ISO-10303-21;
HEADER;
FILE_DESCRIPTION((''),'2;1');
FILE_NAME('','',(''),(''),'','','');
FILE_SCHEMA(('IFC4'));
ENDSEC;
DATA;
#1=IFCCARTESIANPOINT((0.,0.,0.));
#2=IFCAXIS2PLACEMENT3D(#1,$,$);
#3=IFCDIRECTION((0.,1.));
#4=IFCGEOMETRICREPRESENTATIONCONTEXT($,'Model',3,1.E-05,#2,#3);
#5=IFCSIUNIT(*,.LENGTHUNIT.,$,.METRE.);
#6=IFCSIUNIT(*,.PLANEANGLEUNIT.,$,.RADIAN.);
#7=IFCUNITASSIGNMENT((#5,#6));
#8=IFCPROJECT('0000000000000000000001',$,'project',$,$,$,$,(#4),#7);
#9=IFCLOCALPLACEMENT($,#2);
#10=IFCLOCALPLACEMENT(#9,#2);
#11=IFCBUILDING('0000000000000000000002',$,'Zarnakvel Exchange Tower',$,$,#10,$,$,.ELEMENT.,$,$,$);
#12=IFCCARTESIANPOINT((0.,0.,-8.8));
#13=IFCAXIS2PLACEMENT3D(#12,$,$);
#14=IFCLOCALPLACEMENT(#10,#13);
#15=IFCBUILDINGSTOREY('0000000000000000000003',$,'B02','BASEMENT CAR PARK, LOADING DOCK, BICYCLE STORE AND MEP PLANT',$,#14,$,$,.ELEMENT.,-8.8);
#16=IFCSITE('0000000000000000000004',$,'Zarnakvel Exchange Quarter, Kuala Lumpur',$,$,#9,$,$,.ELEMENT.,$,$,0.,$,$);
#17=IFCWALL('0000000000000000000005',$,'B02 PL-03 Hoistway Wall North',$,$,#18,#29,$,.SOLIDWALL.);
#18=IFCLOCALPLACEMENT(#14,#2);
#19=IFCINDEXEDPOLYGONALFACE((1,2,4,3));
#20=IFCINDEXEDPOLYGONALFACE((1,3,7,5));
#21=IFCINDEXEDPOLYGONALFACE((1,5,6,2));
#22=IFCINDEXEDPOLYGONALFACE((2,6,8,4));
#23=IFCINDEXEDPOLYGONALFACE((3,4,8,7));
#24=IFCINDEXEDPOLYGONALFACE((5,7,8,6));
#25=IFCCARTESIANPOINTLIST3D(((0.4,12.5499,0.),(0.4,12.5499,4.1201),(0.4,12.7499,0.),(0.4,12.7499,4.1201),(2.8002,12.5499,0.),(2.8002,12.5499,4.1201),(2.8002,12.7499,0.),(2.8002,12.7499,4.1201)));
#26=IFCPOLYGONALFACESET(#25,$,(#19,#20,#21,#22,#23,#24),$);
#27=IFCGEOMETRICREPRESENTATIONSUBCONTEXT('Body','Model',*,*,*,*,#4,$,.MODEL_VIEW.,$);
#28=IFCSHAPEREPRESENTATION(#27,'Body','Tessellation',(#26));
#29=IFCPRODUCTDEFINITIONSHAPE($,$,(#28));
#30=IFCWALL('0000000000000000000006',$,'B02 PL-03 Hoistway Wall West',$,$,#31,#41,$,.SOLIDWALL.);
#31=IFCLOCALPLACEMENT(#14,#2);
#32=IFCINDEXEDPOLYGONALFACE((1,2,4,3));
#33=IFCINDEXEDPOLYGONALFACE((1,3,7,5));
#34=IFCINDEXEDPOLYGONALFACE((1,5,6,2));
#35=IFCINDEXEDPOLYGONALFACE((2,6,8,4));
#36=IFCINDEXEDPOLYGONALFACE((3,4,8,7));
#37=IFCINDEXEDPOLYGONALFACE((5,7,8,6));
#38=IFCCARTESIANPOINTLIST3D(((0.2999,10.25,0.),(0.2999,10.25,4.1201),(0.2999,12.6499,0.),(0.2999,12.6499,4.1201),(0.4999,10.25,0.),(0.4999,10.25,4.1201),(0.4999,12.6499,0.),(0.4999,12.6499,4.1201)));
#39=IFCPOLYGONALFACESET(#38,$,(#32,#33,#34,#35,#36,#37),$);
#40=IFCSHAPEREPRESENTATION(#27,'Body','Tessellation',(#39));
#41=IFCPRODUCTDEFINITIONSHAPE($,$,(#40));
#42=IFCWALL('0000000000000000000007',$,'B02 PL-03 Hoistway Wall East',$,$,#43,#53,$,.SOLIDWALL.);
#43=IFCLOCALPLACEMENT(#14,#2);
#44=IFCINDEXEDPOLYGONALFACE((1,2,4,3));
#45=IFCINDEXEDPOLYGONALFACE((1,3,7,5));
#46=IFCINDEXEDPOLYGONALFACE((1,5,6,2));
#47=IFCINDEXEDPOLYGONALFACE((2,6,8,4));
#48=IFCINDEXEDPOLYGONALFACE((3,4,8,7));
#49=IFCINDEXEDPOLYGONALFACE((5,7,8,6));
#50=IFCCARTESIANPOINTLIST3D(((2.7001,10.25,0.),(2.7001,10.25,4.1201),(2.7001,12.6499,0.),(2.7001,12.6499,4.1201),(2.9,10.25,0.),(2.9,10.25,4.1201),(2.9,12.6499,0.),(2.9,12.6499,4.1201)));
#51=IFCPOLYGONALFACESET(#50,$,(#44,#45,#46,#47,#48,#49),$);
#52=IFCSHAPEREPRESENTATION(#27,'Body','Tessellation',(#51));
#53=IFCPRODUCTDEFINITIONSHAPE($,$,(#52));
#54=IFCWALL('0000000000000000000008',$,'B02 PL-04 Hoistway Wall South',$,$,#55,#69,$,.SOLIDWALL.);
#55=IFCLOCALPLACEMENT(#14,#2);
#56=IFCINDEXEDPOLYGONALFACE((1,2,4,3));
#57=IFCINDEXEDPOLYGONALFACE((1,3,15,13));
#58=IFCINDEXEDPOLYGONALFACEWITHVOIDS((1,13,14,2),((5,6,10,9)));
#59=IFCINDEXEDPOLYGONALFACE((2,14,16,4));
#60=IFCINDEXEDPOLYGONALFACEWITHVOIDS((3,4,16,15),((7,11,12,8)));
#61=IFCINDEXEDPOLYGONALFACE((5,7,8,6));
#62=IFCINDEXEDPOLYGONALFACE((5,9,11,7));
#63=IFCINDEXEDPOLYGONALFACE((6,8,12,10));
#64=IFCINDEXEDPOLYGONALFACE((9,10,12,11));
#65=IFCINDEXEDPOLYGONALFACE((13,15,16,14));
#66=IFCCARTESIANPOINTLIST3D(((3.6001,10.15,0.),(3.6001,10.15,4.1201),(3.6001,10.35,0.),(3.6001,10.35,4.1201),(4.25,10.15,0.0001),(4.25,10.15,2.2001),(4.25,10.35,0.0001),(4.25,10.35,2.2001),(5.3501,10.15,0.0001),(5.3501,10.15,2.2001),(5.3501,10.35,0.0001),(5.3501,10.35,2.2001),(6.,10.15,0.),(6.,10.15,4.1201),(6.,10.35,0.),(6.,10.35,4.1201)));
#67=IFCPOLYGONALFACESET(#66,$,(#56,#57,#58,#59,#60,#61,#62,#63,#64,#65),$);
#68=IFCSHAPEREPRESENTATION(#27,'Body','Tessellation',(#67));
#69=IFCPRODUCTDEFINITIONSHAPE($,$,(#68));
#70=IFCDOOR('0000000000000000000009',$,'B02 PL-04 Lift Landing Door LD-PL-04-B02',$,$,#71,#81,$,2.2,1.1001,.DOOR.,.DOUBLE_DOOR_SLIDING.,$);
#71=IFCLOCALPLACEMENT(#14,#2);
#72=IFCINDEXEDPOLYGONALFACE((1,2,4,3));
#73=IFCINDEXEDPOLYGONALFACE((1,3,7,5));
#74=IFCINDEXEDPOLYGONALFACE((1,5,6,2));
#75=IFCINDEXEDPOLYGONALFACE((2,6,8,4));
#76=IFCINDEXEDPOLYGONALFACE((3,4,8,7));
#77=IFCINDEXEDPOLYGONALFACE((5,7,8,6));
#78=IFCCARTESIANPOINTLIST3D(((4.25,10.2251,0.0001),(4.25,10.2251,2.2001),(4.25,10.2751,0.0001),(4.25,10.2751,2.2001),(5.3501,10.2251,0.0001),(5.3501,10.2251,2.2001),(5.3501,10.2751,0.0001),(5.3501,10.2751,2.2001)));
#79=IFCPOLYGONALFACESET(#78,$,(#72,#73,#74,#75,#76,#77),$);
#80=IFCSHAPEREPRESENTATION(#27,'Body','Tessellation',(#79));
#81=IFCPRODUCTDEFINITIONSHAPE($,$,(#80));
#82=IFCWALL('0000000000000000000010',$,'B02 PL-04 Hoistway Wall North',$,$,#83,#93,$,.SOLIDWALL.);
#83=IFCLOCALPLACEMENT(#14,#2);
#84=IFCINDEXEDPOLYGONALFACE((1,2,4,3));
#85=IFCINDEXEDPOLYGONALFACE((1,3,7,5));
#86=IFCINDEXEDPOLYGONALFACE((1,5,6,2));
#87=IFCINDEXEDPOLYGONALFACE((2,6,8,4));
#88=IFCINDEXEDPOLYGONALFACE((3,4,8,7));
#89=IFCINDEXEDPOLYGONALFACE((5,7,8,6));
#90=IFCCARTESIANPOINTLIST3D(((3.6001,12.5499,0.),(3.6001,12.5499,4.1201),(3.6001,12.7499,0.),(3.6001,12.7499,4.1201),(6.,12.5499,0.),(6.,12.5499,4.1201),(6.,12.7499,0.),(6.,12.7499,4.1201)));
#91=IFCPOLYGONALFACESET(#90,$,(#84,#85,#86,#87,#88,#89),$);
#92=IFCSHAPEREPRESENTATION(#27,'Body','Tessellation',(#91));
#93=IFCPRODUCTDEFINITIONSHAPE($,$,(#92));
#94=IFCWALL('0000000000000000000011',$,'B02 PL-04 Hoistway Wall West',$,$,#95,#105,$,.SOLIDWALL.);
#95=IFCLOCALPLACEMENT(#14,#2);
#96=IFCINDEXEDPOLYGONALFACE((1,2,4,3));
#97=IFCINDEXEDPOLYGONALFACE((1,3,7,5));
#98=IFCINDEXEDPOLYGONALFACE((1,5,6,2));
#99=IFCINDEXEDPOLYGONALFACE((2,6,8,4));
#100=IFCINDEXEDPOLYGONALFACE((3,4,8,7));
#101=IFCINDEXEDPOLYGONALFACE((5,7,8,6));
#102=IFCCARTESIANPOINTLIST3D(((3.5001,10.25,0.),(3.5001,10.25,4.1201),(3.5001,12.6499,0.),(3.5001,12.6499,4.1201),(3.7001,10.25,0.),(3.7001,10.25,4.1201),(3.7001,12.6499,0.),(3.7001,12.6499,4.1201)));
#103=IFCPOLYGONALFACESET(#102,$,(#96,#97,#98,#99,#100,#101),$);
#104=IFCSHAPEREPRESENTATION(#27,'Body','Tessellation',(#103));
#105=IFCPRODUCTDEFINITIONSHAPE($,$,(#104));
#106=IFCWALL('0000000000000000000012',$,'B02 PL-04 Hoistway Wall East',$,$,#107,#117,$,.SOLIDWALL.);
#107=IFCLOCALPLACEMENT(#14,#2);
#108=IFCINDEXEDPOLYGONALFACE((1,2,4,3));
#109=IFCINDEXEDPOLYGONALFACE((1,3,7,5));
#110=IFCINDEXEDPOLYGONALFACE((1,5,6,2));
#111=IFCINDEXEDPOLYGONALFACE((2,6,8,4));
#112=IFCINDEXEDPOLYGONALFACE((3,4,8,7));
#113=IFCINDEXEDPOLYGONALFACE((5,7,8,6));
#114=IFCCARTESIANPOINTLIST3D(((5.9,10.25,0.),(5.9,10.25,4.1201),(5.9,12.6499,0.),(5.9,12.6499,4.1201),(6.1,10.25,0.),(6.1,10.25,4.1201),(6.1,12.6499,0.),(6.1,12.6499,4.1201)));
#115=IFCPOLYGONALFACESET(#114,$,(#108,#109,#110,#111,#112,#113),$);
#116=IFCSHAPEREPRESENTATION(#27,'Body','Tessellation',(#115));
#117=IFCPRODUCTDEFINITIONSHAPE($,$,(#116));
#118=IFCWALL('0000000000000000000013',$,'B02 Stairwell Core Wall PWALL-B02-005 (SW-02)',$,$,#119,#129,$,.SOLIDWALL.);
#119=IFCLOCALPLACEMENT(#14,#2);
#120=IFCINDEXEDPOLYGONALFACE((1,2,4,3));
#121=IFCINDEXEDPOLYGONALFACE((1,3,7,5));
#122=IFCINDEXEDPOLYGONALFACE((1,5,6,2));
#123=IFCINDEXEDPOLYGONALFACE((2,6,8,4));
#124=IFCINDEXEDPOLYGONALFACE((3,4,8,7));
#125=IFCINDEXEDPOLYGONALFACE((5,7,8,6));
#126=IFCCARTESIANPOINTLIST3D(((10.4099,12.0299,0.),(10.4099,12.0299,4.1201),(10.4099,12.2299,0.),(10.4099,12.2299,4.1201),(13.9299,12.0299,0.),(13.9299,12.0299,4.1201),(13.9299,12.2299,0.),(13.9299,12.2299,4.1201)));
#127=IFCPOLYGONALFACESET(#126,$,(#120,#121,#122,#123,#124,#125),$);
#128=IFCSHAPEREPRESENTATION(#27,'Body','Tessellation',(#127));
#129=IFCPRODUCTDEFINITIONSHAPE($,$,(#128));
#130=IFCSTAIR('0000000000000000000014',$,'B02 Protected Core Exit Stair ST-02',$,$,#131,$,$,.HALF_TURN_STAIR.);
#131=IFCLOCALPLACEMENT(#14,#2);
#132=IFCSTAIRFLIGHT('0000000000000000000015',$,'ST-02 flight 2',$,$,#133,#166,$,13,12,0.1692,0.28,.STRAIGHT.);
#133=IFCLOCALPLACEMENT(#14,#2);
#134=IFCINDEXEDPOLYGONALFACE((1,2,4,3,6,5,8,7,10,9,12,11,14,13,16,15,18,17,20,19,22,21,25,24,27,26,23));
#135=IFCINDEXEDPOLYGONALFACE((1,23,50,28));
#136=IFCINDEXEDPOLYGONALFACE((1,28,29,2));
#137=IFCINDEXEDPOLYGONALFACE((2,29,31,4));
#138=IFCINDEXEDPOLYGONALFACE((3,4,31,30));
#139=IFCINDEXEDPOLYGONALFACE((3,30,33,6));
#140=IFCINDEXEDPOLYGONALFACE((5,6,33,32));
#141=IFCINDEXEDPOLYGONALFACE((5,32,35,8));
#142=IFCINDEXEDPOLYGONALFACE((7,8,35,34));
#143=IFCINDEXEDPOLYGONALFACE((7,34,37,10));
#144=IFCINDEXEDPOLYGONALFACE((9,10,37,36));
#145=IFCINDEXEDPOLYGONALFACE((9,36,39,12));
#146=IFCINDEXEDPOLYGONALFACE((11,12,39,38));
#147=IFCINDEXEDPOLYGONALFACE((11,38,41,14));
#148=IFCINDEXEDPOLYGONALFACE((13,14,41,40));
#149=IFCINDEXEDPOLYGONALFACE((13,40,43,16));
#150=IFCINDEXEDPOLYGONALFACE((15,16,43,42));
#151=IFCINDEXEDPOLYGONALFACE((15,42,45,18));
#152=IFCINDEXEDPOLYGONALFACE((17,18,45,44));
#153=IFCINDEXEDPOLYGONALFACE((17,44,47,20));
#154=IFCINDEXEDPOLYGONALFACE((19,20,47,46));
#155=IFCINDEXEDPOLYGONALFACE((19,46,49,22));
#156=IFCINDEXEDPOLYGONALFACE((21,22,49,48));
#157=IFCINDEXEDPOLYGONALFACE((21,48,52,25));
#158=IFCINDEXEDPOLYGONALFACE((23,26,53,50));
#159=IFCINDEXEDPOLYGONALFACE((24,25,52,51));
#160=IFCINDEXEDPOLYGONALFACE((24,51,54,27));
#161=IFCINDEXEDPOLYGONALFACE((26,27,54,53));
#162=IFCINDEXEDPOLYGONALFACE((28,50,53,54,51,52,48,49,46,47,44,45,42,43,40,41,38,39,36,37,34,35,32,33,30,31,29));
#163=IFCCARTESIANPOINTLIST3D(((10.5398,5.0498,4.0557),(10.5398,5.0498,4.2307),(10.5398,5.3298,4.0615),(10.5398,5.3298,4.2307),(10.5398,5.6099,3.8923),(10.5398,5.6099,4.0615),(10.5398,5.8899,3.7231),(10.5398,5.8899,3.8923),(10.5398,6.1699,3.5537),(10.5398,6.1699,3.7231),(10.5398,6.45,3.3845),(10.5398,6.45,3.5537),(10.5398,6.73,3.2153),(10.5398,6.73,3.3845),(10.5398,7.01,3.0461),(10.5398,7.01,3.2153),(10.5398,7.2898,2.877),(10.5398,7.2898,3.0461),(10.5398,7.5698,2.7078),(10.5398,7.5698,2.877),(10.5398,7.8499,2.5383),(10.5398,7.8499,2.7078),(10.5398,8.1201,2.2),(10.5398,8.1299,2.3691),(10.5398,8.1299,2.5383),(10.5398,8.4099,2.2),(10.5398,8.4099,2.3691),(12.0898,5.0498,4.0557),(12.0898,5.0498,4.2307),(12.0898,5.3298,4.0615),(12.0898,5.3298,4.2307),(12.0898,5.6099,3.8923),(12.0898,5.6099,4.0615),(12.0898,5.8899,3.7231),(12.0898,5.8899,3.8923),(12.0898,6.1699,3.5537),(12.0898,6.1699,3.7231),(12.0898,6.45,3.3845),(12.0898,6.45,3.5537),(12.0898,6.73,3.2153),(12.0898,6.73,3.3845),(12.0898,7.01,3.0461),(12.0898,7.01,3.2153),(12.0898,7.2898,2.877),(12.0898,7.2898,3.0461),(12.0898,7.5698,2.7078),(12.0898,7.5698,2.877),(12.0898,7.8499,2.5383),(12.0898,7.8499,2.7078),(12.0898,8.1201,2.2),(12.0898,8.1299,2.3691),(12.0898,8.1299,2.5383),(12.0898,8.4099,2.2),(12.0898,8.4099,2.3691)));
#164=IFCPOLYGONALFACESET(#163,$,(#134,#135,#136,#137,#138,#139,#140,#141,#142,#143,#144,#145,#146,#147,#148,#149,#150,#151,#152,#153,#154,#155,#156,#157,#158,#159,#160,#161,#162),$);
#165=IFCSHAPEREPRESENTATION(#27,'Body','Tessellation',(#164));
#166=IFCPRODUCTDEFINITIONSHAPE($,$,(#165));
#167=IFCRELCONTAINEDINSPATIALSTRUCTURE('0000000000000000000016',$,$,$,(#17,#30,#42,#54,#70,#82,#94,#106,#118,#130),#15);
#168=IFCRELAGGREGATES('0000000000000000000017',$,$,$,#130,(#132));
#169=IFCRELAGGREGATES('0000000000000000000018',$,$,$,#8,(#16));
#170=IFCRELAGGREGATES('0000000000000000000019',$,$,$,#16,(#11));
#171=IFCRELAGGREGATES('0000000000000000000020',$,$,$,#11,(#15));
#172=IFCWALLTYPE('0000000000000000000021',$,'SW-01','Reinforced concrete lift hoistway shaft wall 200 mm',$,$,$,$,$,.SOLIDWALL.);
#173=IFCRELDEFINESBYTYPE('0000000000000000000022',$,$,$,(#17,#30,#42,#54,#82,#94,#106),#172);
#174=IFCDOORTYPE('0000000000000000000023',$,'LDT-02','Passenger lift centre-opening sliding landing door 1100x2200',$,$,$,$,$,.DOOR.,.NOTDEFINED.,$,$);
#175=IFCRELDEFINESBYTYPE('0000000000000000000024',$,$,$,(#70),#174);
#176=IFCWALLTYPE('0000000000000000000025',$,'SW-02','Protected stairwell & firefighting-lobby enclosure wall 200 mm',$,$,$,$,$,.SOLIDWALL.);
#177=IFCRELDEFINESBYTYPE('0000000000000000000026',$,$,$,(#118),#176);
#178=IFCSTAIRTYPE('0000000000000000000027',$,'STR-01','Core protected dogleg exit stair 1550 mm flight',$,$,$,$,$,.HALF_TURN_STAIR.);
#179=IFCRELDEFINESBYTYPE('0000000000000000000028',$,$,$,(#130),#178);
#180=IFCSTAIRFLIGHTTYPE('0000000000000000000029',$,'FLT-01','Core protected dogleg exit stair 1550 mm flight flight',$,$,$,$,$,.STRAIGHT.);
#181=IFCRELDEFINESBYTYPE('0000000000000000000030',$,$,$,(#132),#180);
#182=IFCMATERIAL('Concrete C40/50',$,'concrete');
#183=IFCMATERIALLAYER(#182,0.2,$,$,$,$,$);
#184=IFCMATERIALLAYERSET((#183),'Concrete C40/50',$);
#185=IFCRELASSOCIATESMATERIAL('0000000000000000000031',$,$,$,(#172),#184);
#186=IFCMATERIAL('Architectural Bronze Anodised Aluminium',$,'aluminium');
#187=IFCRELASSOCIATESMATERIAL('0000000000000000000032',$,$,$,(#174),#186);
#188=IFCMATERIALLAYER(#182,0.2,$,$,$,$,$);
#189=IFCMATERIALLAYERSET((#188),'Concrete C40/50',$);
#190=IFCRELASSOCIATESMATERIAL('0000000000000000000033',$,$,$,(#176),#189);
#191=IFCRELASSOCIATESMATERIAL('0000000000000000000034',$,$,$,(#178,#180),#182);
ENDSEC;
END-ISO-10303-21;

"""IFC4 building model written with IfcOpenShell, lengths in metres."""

from ifc_helpers import new_model, si_unit, direction, frame, frame_2d, origin, place, context, subcontext, project, spatial, polyline, rectangle, outline, extrude, source, transform, mapped, material, layer, layer_set, type_object, element, fill, aggregate, save


model = new_model("IFC4")

# Units and contexts
model_context = context("Model", 3, precision=1e-05, world=origin(), true_north=direction((0.0, 1.0)))
body_context = subcontext(model_context, "Body", "Model", "MODEL_VIEW")
ifc_project = project(units=[si_unit("LENGTHUNIT", "METRE"), si_unit("PLANEANGLEUNIT", "RADIAN")], contexts=[model_context])

# Site, building, storey
site_placement = place(None, origin())
site = spatial("IfcSite", under=ifc_project, at=site_placement, Name="Zarnakvel Exchange Quarter, Kuala Lumpur", CompositionType="ELEMENT", RefElevation=0.0)
building_placement = place(site_placement, origin())
building = spatial("IfcBuilding", under=site, at=building_placement, Name="Zarnakvel Exchange Tower", CompositionType="ELEMENT")
storey_placement = place(building_placement, frame((0.0, 0.0, -8.8)))
storey = spatial("IfcBuildingStorey", under=building, at=storey_placement, Name="B02", Description="BASEMENT CAR PARK, LOADING DOCK, BICYCLE STORE AND MEP PLANT", CompositionType="ELEMENT", Elevation=-8.8)

# Shared definitions
ifc_material_1 = material(Name="Concrete C40/50", Category="concrete")
ifc_layer_1 = layer(ifc_material_1, 0.2)
ifc_layer_set_1 = layer_set([ifc_layer_1], Name="Concrete C40/50")
wall_type_1 = type_object("IfcWallType", Name="SW-01", Description="Reinforced concrete lift hoistway shaft wall 200 mm", PredefinedType="SOLIDWALL", material=ifc_layer_set_1)
ifc_material_2 = material(Name="Architectural Bronze Anodised Aluminium", Category="aluminium")
door_type_1 = type_object("IfcDoorType", Name="LDT-02", Description="Passenger lift centre-opening sliding landing door 1100x2200", OperationType="NOTDEFINED", PredefinedType="DOOR", material=ifc_material_2)
shared_shape_1 = source(origin(), body_context, "Body", "SweptSolid", [
    extrude(rectangle(XDim=1.1001, YDim=2.2, at=frame_2d((0.55, 1.1001))), frame((0.0, 0.0249, 0.0), z_axis=(0.0, -1.0, 0.0), x_axis=(1.0, 0.0, 0.0)), (0.0, 0.0, 1.0), 0.05),
])

# Walls
wall_1_placement = place(storey_placement, frame((0.3999, 12.6499, 0.0), z_axis=(0.0, 0.0, 1.0), x_axis=(1.0, 0.0, 0.0)))
element("IfcWall", 1, at=wall_1_placement, inside=storey, type_object=wall_type_1, Name="B02 PL-03 Hoistway Wall North", PredefinedType="SOLIDWALL", context=body_context, shape_type="SweptSolid", body=[
    extrude(rectangle(XDim=2.4001, YDim=0.2, at=frame_2d((1.2002, 0.0))), origin(), (0.0, 0.0, 1.0), 4.1201),
])
for number, where, z_axis, x_axis, name in (
    (2, (0.3999, 10.25, 0.0), (0.0, 0.0, 1.0), (0.0, 1.0, 0.0), "B02 PL-03 Hoistway Wall West"),
    (3, (2.8, 12.6499, 0.0), (0.0, 0.0, 1.0), (0.0, -1.0, 0.0), "B02 PL-03 Hoistway Wall East"),
):
    element("IfcWall", number, at=place(storey_placement, frame(where, z_axis=z_axis, x_axis=x_axis)), inside=storey, type_object=wall_type_1, Name=name, PredefinedType="SOLIDWALL", context=body_context, shape_type="SweptSolid", body=[
        extrude(rectangle(XDim=2.3999, YDim=0.2, at=frame_2d((1.2, 0.0))), origin(), (0.0, 0.0, 1.0), 4.1201),
    ])

# Wall, opening, door
wall_2_placement = place(storey_placement, frame((6.0, 10.25, 0.0), z_axis=(0.0, 0.0, 1.0), x_axis=(-1.0, 0.0, 0.0)))
wall_2 = element("IfcWall", 4, at=wall_2_placement, inside=storey, type_object=wall_type_1, Name="B02 PL-04 Hoistway Wall South", PredefinedType="SOLIDWALL", context=body_context, shape_type="SweptSolid", body=[
    extrude(rectangle(XDim=2.3999, YDim=0.2, at=frame_2d((1.2, 0.0))), origin(), (0.0, 0.0, 1.0), 4.1201),
])
opening_1_placement = place(wall_2_placement, frame((0.6499, 0.0, 0.0)))
opening_1 = element("IfcOpeningElement", 5, at=opening_1_placement, cuts=wall_2, PredefinedType="OPENING", context=body_context, shape_type="SweptSolid", body=[
    extrude(rectangle(XDim=1.1001, YDim=2.2, at=frame_2d((0.55, 1.1001))), frame((0.0, 0.1099, 0.0), z_axis=(0.0, -1.0, 0.0), x_axis=(1.0, 0.0, 0.0)), (0.0, 0.0, 1.0), 0.22),
])
door_1_placement = place(opening_1_placement, origin())
door_1 = element("IfcDoor", 6, at=door_1_placement, inside=storey, type_object=door_type_1, Name="B02 PL-04 Lift Landing Door LD-PL-04-B02", OperationType="DOUBLE_DOOR_SLIDING", OverallHeight=2.2, OverallWidth=1.1001, PredefinedType="DOOR", context=body_context, shape_type="MappedRepresentation", body=[
    mapped(shared_shape_1, transform((0.0, 0.0, 0.0), x_axis=(1.0, 0.0, 0.0), y_axis=(0.0, 1.0, 0.0), z_axis=(0.0, 0.0, 1.0), scale=1.0)),
])
fill(opening_1, door_1)

# Walls
for number, where, z_axis, x_axis, name in (
    (7, (3.6001, 12.6499, 0.0), (0.0, 0.0, 1.0), (1.0, 0.0, 0.0), "B02 PL-04 Hoistway Wall North"),
    (8, (3.6001, 10.25, 0.0), (0.0, 0.0, 1.0), (0.0, 1.0, 0.0), "B02 PL-04 Hoistway Wall West"),
    (9, (6.0, 12.6499, 0.0), (0.0, 0.0, 1.0), (0.0, -1.0, 0.0), "B02 PL-04 Hoistway Wall East"),
):
    element("IfcWall", number, at=place(storey_placement, frame(where, z_axis=z_axis, x_axis=x_axis)), inside=storey, type_object=wall_type_1, Name=name, PredefinedType="SOLIDWALL", context=body_context, shape_type="SweptSolid", body=[
        extrude(rectangle(XDim=2.3999, YDim=0.2, at=frame_2d((1.2, 0.0))), origin(), (0.0, 0.0, 1.0), 4.1201),
    ])
ifc_layer_2 = layer(ifc_material_1, 0.2)
ifc_layer_set_2 = layer_set([ifc_layer_2], Name="Concrete C40/50")
wall_type_2 = type_object("IfcWallType", Name="SW-02", Description="Protected stairwell & firefighting-lobby enclosure wall 200 mm", PredefinedType="SOLIDWALL", material=ifc_layer_set_2)
wall_3_placement = place(storey_placement, frame((10.4099, 12.1299, 0.0), z_axis=(0.0, 0.0, 1.0), x_axis=(1.0, 0.0, 0.0)))
element("IfcWall", 10, at=wall_3_placement, inside=storey, type_object=wall_type_2, Name="B02 Stairwell Core Wall PWALL-B02-005 (SW-02)", PredefinedType="SOLIDWALL", context=body_context, shape_type="SweptSolid", body=[
    extrude(rectangle(XDim=3.52, YDim=0.2, at=frame_2d((1.76, 0.0))), origin(), (0.0, 0.0, 1.0), 4.1201),
])

# Stair, stair flight
stair_type = type_object("IfcStairType", Name="STR-01", Description="Core protected dogleg exit stair 1550 mm flight", PredefinedType="HALF_TURN_STAIR", material=ifc_material_1)
stair_placement = place(storey_placement, origin())
stair = element("IfcStair", 11, at=stair_placement, inside=storey, type_object=stair_type, Name="B02 Protected Core Exit Stair ST-02", PredefinedType="HALF_TURN_STAIR")
stair_flight_type = type_object("IfcStairFlightType", Name="FLT-01", Description="Core protected dogleg exit stair 1550 mm flight flight", PredefinedType="STRAIGHT", material=ifc_material_1)
stair_flight_placement = place(storey_placement, frame((11.3149, 8.4099, 2.2), z_axis=(0.0, 0.0, 1.0), x_axis=(0.0, -1.0, 0.0)))
stair_flight = element("IfcStairFlight", 12, at=stair_flight_placement, type_object=stair_flight_type, Name="ST-02 flight 2", NumberOfRisers=13, NumberOfTreads=12, PredefinedType="STRAIGHT", RiserHeight=0.1692, TreadLength=0.28, context=body_context, shape_type="SweptSolid", body=[
    extrude(outline(polyline([(0.0, 0.0), (0.0, 0.1692), (0.28, 0.1692), (0.28, 0.3384), (0.5601, 0.3384), (0.5601, 0.5078), (0.8401, 0.5078), (0.8401, 0.677), (1.1201, 0.677), (1.1201, 0.8462), (1.3999, 0.8462), (1.3999, 1.0154), (1.6799, 1.0154), (1.6799, 1.1846), (1.96, 1.1846), (1.96, 1.3538), (2.24, 1.3538), (2.24, 1.5232), (2.52, 1.5232), (2.52, 1.6924), (2.8, 1.6924), (2.8, 1.8616), (3.0801, 1.8616), (3.0801, 2.0308), (3.3601, 2.0308), (3.3601, 2.2), (3.3601, 1.8557), (0.2898, 0.0), (0.0, 0.0)])), frame((0.0, 0.7749, 0.0), z_axis=(0.0, -1.0, 0.0), x_axis=(1.0, 0.0, 0.0)), (0.0, 0.0, 1.0), 1.55),
])
aggregate(stair, [stair_flight])

save(model, "model.ifc")
